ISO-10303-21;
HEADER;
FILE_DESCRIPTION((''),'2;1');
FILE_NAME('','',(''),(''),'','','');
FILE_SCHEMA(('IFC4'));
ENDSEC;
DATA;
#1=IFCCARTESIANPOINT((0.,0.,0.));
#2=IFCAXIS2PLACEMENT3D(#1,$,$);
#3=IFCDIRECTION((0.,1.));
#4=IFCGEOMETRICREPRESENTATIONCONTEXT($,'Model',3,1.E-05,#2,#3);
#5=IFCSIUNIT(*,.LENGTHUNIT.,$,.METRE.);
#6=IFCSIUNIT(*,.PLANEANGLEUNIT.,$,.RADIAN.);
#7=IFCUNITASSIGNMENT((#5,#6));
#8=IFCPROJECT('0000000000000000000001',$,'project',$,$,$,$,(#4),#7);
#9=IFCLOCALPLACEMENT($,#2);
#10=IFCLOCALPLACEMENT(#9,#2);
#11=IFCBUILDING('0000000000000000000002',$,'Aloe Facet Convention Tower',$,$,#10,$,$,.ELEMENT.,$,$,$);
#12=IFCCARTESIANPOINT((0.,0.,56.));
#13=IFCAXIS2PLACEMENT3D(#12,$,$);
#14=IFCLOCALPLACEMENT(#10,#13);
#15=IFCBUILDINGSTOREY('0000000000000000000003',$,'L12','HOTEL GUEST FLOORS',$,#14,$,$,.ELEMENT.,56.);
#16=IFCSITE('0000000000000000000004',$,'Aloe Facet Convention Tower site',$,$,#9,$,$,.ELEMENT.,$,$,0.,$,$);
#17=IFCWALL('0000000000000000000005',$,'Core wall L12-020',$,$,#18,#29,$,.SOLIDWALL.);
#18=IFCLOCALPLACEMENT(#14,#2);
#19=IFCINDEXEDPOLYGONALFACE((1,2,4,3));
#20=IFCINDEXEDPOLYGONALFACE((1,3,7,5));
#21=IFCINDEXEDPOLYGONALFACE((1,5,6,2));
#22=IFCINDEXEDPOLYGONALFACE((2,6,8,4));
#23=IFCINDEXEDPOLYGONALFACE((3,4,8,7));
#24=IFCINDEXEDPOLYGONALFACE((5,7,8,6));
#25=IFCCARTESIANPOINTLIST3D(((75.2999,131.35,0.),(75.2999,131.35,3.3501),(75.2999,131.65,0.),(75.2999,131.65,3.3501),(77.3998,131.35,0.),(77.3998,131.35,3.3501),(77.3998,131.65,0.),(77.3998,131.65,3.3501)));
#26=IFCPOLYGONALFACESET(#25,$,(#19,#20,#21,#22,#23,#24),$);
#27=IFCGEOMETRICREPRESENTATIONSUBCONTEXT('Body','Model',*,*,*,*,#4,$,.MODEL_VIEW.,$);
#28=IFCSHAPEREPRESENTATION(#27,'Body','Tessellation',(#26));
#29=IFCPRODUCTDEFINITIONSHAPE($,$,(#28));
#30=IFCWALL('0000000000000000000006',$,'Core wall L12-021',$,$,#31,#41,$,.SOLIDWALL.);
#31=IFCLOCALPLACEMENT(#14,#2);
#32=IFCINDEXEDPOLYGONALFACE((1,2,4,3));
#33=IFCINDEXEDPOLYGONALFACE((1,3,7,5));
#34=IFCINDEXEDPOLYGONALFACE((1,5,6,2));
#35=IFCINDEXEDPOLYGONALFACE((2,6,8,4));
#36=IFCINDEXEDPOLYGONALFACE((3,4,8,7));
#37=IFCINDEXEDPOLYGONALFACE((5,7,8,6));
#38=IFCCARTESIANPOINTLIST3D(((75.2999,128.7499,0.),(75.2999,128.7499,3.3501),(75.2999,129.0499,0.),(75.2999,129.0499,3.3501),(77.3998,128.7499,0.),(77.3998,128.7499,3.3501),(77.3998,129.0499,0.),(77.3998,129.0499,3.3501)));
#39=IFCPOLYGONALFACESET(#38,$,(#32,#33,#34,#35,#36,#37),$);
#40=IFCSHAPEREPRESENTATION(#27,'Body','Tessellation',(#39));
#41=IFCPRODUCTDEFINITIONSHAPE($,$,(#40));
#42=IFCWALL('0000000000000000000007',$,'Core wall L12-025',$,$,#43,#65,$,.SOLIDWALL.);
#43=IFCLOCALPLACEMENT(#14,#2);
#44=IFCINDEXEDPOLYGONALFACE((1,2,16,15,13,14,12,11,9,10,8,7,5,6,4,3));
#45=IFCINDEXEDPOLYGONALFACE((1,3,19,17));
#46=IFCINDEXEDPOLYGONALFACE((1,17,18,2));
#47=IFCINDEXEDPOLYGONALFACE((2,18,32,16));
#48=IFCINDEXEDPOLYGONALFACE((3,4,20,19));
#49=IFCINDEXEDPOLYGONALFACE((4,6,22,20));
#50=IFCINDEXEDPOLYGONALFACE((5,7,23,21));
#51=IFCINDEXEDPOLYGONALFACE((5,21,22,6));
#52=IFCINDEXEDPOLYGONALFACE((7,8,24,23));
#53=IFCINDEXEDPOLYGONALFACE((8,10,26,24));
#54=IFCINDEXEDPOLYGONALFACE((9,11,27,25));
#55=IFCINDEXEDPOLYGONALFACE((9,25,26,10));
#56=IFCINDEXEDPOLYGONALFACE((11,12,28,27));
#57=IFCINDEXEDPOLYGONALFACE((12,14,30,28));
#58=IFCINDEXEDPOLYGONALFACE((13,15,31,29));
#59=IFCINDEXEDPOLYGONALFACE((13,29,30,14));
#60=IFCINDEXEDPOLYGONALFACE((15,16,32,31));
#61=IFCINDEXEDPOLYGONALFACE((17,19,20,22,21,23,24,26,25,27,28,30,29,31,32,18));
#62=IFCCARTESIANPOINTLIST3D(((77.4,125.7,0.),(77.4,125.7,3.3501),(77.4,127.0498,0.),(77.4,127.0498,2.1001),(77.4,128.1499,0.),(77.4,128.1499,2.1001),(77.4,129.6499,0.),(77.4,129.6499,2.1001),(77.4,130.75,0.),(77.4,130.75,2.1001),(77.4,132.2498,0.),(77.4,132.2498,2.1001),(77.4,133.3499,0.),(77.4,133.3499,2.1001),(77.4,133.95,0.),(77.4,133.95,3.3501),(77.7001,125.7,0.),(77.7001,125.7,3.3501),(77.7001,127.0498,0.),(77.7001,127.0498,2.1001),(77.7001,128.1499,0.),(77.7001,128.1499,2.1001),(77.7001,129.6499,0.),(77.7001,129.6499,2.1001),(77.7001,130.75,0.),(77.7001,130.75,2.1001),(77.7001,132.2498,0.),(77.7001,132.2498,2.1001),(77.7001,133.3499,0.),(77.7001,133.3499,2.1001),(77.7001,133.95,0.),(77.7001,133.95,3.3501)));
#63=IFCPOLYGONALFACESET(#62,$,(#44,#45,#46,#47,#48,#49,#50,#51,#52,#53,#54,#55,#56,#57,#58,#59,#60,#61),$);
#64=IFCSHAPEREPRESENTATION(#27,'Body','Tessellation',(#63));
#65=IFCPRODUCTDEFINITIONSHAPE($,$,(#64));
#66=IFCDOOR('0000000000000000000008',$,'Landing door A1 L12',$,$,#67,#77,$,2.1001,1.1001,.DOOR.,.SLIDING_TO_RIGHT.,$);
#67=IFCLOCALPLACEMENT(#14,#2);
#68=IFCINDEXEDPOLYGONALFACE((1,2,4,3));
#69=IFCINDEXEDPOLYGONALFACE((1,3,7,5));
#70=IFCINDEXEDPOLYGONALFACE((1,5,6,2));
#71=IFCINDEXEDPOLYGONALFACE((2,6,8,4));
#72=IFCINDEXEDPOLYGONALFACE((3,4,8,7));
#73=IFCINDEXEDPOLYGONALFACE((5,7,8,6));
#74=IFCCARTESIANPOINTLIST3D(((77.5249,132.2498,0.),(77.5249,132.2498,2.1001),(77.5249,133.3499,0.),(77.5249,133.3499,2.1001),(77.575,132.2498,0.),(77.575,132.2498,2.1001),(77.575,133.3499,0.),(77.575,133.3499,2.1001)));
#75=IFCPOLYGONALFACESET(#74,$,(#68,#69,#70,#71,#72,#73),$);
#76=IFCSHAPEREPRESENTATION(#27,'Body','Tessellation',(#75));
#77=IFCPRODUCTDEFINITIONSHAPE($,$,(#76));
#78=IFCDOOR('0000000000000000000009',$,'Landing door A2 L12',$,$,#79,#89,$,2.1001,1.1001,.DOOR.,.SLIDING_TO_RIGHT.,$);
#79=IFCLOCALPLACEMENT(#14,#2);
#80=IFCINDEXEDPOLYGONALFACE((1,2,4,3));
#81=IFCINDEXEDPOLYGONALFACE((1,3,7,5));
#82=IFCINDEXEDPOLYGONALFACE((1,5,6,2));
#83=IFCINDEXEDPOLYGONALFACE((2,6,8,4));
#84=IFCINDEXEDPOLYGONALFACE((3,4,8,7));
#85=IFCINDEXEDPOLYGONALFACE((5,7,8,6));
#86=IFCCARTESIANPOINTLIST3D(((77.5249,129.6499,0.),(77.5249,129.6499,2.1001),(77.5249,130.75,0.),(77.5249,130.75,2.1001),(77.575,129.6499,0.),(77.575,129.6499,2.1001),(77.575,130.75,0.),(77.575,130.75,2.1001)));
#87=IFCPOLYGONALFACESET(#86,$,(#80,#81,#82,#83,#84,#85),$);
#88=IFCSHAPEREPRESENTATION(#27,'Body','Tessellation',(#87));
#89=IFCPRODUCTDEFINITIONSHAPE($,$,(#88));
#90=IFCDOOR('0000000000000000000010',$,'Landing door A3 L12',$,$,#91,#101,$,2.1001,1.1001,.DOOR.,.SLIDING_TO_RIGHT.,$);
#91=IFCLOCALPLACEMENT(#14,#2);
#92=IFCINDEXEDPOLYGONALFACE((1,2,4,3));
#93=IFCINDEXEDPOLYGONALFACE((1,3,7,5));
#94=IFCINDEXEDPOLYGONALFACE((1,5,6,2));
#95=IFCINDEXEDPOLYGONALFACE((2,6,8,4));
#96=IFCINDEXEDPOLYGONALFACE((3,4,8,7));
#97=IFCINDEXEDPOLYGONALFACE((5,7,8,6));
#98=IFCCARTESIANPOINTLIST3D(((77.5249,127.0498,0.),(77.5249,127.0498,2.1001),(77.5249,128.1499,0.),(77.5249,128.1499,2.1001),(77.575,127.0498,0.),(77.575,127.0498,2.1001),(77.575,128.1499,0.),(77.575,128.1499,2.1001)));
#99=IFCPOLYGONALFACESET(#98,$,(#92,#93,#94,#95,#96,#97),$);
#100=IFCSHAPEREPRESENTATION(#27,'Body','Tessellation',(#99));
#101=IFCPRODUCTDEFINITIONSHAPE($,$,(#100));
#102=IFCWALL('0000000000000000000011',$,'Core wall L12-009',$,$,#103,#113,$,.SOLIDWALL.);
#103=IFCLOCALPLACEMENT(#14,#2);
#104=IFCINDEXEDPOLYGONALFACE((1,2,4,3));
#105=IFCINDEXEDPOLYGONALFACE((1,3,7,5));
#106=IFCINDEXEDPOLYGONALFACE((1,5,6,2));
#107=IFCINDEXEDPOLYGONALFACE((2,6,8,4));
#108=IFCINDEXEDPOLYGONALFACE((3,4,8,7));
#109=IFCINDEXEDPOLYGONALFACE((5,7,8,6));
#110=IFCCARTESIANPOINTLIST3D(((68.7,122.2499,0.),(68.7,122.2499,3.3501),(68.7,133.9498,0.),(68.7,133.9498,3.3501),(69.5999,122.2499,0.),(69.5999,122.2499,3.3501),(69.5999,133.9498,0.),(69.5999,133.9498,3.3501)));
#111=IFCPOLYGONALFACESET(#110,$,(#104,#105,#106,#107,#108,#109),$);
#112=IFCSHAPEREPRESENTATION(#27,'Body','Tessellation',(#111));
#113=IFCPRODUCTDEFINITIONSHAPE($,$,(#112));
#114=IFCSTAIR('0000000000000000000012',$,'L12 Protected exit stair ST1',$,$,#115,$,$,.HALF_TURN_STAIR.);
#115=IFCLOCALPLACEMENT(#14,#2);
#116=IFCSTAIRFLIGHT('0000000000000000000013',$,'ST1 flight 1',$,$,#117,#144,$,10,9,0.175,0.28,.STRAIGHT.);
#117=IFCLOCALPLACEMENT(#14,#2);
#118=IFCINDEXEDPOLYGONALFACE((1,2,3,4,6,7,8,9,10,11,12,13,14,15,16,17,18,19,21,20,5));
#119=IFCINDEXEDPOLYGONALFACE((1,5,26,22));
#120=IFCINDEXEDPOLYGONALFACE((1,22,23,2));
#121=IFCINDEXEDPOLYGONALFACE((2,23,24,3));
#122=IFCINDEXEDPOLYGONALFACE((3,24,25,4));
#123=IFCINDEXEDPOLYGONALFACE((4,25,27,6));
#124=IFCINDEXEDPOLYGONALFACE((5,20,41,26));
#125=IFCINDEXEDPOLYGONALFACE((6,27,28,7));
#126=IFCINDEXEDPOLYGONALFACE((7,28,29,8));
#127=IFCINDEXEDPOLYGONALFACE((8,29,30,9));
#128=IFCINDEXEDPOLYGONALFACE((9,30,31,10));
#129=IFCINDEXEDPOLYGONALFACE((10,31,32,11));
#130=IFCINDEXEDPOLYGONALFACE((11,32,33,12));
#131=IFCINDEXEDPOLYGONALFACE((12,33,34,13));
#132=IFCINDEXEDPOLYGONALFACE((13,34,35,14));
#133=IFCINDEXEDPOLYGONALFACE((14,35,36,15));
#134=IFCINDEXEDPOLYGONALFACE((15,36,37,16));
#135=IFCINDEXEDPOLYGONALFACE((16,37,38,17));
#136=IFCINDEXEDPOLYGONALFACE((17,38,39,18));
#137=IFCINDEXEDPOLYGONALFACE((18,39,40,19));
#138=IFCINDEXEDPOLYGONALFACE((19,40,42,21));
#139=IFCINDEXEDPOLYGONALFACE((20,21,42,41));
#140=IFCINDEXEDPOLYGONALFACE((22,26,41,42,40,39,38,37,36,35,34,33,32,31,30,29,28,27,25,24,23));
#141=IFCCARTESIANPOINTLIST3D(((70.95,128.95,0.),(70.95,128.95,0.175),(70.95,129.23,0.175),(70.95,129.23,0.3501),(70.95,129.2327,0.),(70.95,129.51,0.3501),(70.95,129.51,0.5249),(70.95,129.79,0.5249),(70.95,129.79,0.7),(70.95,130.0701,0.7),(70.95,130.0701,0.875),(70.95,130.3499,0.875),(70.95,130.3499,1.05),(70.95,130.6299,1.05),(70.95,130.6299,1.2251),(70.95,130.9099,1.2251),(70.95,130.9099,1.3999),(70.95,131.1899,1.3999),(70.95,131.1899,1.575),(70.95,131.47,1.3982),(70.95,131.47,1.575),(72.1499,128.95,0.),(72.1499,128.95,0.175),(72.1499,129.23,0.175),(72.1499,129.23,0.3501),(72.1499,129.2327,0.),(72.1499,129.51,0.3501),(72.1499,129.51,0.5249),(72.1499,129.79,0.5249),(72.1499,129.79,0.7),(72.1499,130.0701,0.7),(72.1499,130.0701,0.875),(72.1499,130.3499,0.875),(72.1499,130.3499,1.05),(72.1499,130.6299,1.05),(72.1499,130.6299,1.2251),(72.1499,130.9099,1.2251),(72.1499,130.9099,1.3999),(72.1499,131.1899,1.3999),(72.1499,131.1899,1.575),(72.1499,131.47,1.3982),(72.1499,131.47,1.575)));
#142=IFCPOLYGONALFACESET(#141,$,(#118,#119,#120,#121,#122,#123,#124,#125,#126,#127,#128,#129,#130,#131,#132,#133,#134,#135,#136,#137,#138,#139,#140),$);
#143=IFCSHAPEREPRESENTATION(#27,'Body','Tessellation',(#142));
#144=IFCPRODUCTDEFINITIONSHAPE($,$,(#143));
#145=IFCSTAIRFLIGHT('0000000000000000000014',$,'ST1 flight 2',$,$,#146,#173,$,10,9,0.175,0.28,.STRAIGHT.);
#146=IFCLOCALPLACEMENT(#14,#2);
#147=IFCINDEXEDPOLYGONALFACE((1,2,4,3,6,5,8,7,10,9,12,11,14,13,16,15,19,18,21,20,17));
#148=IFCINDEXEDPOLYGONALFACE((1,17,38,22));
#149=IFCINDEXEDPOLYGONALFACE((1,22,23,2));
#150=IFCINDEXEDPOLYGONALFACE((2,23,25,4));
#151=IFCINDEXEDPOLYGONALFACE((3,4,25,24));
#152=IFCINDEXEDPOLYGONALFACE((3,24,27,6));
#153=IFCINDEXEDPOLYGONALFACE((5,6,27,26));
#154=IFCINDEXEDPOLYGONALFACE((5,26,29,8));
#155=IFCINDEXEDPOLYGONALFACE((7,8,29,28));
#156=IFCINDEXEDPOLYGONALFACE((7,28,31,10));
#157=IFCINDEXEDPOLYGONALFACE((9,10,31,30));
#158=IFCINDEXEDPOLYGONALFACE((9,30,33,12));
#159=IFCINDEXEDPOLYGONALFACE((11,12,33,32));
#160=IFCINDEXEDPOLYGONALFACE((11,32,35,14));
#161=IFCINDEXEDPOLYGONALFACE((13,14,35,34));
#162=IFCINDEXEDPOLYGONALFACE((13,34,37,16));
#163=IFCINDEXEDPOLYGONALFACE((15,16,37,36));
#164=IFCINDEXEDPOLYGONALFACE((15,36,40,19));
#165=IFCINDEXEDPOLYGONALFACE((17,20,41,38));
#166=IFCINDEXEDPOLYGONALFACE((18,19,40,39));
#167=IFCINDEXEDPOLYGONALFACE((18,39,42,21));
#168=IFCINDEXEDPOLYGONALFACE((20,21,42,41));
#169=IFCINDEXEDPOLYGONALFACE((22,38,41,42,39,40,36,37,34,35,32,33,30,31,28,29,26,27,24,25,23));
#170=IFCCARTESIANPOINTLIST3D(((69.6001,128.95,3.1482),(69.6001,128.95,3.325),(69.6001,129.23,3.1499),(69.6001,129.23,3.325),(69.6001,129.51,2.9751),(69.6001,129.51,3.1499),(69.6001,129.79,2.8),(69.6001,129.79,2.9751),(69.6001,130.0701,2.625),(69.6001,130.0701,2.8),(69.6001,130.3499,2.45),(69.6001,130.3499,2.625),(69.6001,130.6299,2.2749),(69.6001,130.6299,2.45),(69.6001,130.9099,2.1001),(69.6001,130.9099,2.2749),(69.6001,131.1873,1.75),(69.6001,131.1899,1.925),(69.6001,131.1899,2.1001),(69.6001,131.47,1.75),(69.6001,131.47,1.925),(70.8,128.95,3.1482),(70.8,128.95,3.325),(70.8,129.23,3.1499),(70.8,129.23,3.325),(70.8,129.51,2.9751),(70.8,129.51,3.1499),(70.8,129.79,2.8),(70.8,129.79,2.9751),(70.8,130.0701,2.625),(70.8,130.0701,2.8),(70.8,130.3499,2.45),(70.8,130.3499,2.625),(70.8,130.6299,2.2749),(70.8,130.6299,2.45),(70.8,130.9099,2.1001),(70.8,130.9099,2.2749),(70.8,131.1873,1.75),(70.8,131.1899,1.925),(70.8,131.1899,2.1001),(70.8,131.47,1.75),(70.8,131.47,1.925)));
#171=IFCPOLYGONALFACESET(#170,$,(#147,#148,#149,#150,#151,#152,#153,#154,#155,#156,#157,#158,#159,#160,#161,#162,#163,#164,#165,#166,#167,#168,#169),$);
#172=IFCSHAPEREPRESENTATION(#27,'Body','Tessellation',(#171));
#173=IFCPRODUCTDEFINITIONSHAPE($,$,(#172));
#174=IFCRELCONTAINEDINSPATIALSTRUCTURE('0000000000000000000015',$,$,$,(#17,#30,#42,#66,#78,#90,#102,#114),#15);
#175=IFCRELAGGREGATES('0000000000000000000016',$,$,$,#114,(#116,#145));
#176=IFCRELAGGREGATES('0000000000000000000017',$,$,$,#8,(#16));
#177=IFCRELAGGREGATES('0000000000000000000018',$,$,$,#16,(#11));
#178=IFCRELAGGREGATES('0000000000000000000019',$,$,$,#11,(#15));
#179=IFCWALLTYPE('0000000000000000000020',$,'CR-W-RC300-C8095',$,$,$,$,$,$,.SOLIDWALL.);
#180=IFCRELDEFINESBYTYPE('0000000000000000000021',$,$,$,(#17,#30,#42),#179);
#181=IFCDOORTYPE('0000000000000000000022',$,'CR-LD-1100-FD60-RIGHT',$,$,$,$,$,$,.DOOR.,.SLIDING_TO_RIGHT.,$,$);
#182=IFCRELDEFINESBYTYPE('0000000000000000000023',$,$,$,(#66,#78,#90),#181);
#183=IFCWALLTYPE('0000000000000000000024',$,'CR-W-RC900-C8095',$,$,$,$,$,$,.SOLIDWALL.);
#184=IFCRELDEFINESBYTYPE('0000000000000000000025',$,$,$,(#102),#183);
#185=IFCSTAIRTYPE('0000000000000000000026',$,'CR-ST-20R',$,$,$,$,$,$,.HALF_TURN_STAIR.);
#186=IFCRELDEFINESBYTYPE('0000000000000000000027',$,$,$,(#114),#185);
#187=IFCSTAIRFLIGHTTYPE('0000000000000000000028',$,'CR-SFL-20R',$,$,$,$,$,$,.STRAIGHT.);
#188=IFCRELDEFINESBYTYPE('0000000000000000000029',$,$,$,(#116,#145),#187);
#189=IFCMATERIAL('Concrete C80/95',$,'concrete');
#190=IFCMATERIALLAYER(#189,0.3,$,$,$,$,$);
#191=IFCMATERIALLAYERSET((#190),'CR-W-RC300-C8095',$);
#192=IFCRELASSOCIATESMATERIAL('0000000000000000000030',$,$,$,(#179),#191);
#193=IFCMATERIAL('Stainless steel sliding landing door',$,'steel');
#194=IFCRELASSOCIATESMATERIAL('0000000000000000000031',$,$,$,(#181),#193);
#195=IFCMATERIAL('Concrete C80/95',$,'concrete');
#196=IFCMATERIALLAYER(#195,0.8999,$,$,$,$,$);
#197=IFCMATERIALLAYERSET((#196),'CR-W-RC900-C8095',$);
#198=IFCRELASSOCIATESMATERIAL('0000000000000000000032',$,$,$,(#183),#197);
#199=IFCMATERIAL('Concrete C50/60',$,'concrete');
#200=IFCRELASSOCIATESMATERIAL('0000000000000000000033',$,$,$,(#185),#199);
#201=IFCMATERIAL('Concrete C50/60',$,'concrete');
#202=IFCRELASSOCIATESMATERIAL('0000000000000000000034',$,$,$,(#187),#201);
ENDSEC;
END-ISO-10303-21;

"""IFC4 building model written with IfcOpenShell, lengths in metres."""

from ifc_helpers import new_model, si_unit, direction, frame, frame_2d, origin, place, context, subcontext, project, spatial, polyline, rectangle, outline, extrude, material, layer, layer_set, type_object, element, fill, aggregate, save


model = new_model("IFC4")

# Units and contexts
model_context = context("Model", 3, precision=1e-05, world=origin(), true_north=direction((0.0, 1.0)))
body_context = subcontext(model_context, "Body", "Model", "MODEL_VIEW")
ifc_project = project(units=[si_unit("LENGTHUNIT", "METRE"), si_unit("PLANEANGLEUNIT", "RADIAN")], contexts=[model_context])

# Site, building, storey
site_placement = place(None, origin())
site = spatial("IfcSite", under=ifc_project, at=site_placement, Name="Aloe Facet Convention Tower site", CompositionType="ELEMENT", RefElevation=0.0)
building_placement = place(site_placement, origin())
building = spatial("IfcBuilding", under=site, at=building_placement, Name="Aloe Facet Convention Tower", CompositionType="ELEMENT")
storey_placement = place(building_placement, frame((0.0, 0.0, 56.0)))
storey = spatial("IfcBuildingStorey", under=building, at=storey_placement, Name="L12", Description="HOTEL GUEST FLOORS", CompositionType="ELEMENT", Elevation=56.0)

# Shared definitions
ifc_material_1 = material(Name="Concrete C80/95", Category="concrete")
ifc_layer_1 = layer(ifc_material_1, 0.3)
ifc_layer_set_1 = layer_set([ifc_layer_1], Name="CR-W-RC300-C8095")
wall_type_1 = type_object("IfcWallType", Name="CR-W-RC300-C8095", PredefinedType="SOLIDWALL", material=ifc_layer_set_1)

# Walls
for number, where, z_axis, x_axis, name in (
    (1, (75.3, 131.5, 0.0), (0.0, 0.0, 1.0), (1.0, 0.0, 0.0), "Core wall L12-020"),
    (2, (75.3, 128.8999, 0.0), (0.0, 0.0, 1.0), (1.0, 0.0, 0.0), "Core wall L12-021"),
):
    element("IfcWall", number, at=place(storey_placement, frame(where, z_axis=z_axis, x_axis=x_axis)), inside=storey, type_object=wall_type_1, Name=name, PredefinedType="SOLIDWALL", context=body_context, shape_type="SweptSolid", body=[
        extrude(rectangle(XDim=2.0999, YDim=0.3, at=frame_2d((1.0498, 0.0))), origin(), (0.0, 0.0, 1.0), 3.3501),
    ])

# Wall, openings, doors
wall_1_placement = place(storey_placement, frame((77.55, 133.95, 0.0), z_axis=(0.0, 0.0, 1.0), x_axis=(0.0, -1.0, 0.0)))
wall_1 = element("IfcWall", 3, at=wall_1_placement, inside=storey, type_object=wall_type_1, Name="Core wall L12-025", PredefinedType="SOLIDWALL", context=body_context, shape_type="SweptSolid", body=[
    extrude(rectangle(XDim=8.25, YDim=0.3, at=frame_2d((4.125, 0.0))), origin(), (0.0, 0.0, 1.0), 3.3501),
])
opening_1_placement = place(wall_1_placement, frame((0.6001, 0.0, 0.0)))
opening_1 = element("IfcOpeningElement", 4, at=opening_1_placement, cuts=wall_1, PredefinedType="OPENING", context=body_context, shape_type="SweptSolid", body=[
    extrude(rectangle(XDim=1.1001, YDim=2.1001, at=frame_2d((0.55, 1.05))), frame((0.0, 0.1602, 0.0), z_axis=(0.0, -1.0, 0.0), x_axis=(1.0, 0.0, 0.0)), (0.0, 0.0, 1.0), 0.3201),
])
opening_2_placement = place(wall_1_placement, frame((3.2, 0.0, 0.0)))
opening_2 = element("IfcOpeningElement", 5, at=opening_2_placement, cuts=wall_1, PredefinedType="OPENING", context=body_context, shape_type="SweptSolid", body=[
    extrude(rectangle(XDim=1.1001, YDim=2.1001, at=frame_2d((0.55, 1.05))), frame((0.0, 0.1602, 0.0), z_axis=(0.0, -1.0, 0.0), x_axis=(1.0, 0.0, 0.0)), (0.0, 0.0, 1.0), 0.3201),
])
opening_3_placement = place(wall_1_placement, frame((5.8, 0.0, 0.0)))
opening_3 = element("IfcOpeningElement", 6, at=opening_3_placement, cuts=wall_1, PredefinedType="OPENING", context=body_context, shape_type="SweptSolid", body=[
    extrude(rectangle(XDim=1.1001, YDim=2.1001, at=frame_2d((0.55, 1.05))), frame((0.0, 0.1602, 0.0), z_axis=(0.0, -1.0, 0.0), x_axis=(1.0, 0.0, 0.0)), (0.0, 0.0, 1.0), 0.3201),
])
ifc_material_2 = material(Name="Stainless steel sliding landing door", Category="steel")
door_type_1 = type_object("IfcDoorType", Name="CR-LD-1100-FD60-RIGHT", OperationType="SLIDING_TO_RIGHT", PredefinedType="DOOR", material=ifc_material_2)
door_1_placement = place(opening_1_placement, origin())
door_1 = element("IfcDoor", 7, at=door_1_placement, inside=storey, type_object=door_type_1, Name="Landing door A1 L12", OperationType="SLIDING_TO_RIGHT", OverallHeight=2.1001, OverallWidth=1.1001, PredefinedType="DOOR", context=body_context, shape_type="SweptSolid", body=[
    extrude(rectangle(XDim=1.1001, YDim=2.1001, at=frame_2d((0.55, 1.05))), frame((0.0, 0.0249, 0.0), z_axis=(0.0, -1.0, 0.0), x_axis=(1.0, 0.0, 0.0)), (0.0, 0.0, 1.0), 0.05),
])
fill(opening_1, door_1)
door_2_placement = place(opening_2_placement, origin())
door_2 = element("IfcDoor", 8, at=door_2_placement, inside=storey, type_object=door_type_1, Name="Landing door A2 L12", OperationType="SLIDING_TO_RIGHT", OverallHeight=2.1001, OverallWidth=1.1001, PredefinedType="DOOR", context=body_context, shape_type="SweptSolid", body=[
    extrude(rectangle(XDim=1.1001, YDim=2.1001, at=frame_2d((0.55, 1.05))), frame((0.0, 0.0249, 0.0), z_axis=(0.0, -1.0, 0.0), x_axis=(1.0, 0.0, 0.0)), (0.0, 0.0, 1.0), 0.05),
])
fill(opening_2, door_2)
door_3_placement = place(opening_3_placement, origin())
door_3 = element("IfcDoor", 9, at=door_3_placement, inside=storey, type_object=door_type_1, Name="Landing door A3 L12", OperationType="SLIDING_TO_RIGHT", OverallHeight=2.1001, OverallWidth=1.1001, PredefinedType="DOOR", context=body_context, shape_type="SweptSolid", body=[
    extrude(rectangle(XDim=1.1001, YDim=2.1001, at=frame_2d((0.55, 1.05))), frame((0.0, 0.0249, 0.0), z_axis=(0.0, -1.0, 0.0), x_axis=(1.0, 0.0, 0.0)), (0.0, 0.0, 1.0), 0.05),
])
fill(opening_3, door_3)

# Wall
ifc_material_3 = material(Name="Concrete C80/95", Category="concrete")
ifc_layer_2 = layer(ifc_material_3, 0.8999)
ifc_layer_set_2 = layer_set([ifc_layer_2], Name="CR-W-RC900-C8095")
wall_type_2 = type_object("IfcWallType", Name="CR-W-RC900-C8095", PredefinedType="SOLIDWALL", material=ifc_layer_set_2)
wall_2_placement = place(storey_placement, frame((69.1499, 133.95, 0.0), z_axis=(0.0, 0.0, 1.0), x_axis=(0.0, -1.0, 0.0)))
element("IfcWall", 10, at=wall_2_placement, inside=storey, type_object=wall_type_2, Name="Core wall L12-009", PredefinedType="SOLIDWALL", context=body_context, shape_type="SweptSolid", body=[
    extrude(rectangle(XDim=11.7, YDim=0.8999, at=frame_2d((5.8501, 0.0))), origin(), (0.0, 0.0, 1.0), 3.3501),
])

# Stair, stair flights
ifc_material_4 = material(Name="Concrete C50/60", Category="concrete")
stair_type = type_object("IfcStairType", Name="CR-ST-20R", PredefinedType="HALF_TURN_STAIR", material=ifc_material_4)
stair_placement = place(storey_placement, origin())
stair = element("IfcStair", 11, at=stair_placement, inside=storey, type_object=stair_type, Name="L12 Protected exit stair ST1", PredefinedType="HALF_TURN_STAIR")
ifc_material_5 = material(Name="Concrete C50/60", Category="concrete")
stair_flight_type = type_object("IfcStairFlightType", Name="CR-SFL-20R", PredefinedType="STRAIGHT", material=ifc_material_5)
stair_flight_1_placement = place(storey_placement, frame((71.55, 128.95, 0.0), z_axis=(0.0, 0.0, 1.0), x_axis=(0.0, 1.0, 0.0)))
stair_flight_1 = element("IfcStairFlight", 12, at=stair_flight_1_placement, type_object=stair_flight_type, Name="ST1 flight 1", NumberOfRisers=10, NumberOfTreads=9, PredefinedType="STRAIGHT", RiserHeight=0.175, TreadLength=0.28, context=body_context, shape_type="SweptSolid", body=[
    extrude(outline(polyline([(0.0, 0.0), (0.0, 0.175), (0.28, 0.175), (0.28, 0.3501), (0.5601, 0.3501), (0.5601, 0.5249), (0.8401, 0.5249), (0.8401, 0.7), (1.1201, 0.7), (1.1201, 0.875), (1.3999, 0.875), (1.3999, 1.05), (1.6799, 1.05), (1.6799, 1.2251), (1.96, 1.2251), (1.96, 1.3999), (2.24, 1.3999), (2.24, 1.575), (2.52, 1.575), (2.52, 1.75), (2.52, 1.3982), (0.2827, 0.0), (0.0, 0.0)])), frame((0.0, 0.6001, 0.0), z_axis=(0.0, -1.0, 0.0), x_axis=(1.0, 0.0, 0.0)), (0.0, 0.0, 1.0), 1.2),
])
stair_flight_2_placement = place(storey_placement, frame((70.2, 131.47, 1.75), z_axis=(0.0, 0.0, 1.0), x_axis=(0.0, -1.0, 0.0)))
stair_flight_2 = element("IfcStairFlight", 13, at=stair_flight_2_placement, type_object=stair_flight_type, Name="ST1 flight 2", NumberOfRisers=10, NumberOfTreads=9, PredefinedType="STRAIGHT", RiserHeight=0.175, TreadLength=0.28, context=body_context, shape_type="SweptSolid", body=[
    extrude(outline(polyline([(0.0, 0.0), (0.0, 0.175), (0.28, 0.175), (0.28, 0.3501), (0.5601, 0.3501), (0.5601, 0.5249), (0.8401, 0.5249), (0.8401, 0.7), (1.1201, 0.7), (1.1201, 0.875), (1.3999, 0.875), (1.3999, 1.05), (1.6799, 1.05), (1.6799, 1.2251), (1.96, 1.2251), (1.96, 1.3999), (2.24, 1.3999), (2.24, 1.575), (2.52, 1.575), (2.52, 1.75), (2.52, 1.3982), (0.2827, 0.0), (0.0, 0.0)])), frame((0.0, 0.6001, 0.0), z_axis=(0.0, -1.0, 0.0), x_axis=(1.0, 0.0, 0.0)), (0.0, 0.0, 1.0), 1.2),
])
aggregate(stair, [stair_flight_1, stair_flight_2])

save(model, "model.ifc")
